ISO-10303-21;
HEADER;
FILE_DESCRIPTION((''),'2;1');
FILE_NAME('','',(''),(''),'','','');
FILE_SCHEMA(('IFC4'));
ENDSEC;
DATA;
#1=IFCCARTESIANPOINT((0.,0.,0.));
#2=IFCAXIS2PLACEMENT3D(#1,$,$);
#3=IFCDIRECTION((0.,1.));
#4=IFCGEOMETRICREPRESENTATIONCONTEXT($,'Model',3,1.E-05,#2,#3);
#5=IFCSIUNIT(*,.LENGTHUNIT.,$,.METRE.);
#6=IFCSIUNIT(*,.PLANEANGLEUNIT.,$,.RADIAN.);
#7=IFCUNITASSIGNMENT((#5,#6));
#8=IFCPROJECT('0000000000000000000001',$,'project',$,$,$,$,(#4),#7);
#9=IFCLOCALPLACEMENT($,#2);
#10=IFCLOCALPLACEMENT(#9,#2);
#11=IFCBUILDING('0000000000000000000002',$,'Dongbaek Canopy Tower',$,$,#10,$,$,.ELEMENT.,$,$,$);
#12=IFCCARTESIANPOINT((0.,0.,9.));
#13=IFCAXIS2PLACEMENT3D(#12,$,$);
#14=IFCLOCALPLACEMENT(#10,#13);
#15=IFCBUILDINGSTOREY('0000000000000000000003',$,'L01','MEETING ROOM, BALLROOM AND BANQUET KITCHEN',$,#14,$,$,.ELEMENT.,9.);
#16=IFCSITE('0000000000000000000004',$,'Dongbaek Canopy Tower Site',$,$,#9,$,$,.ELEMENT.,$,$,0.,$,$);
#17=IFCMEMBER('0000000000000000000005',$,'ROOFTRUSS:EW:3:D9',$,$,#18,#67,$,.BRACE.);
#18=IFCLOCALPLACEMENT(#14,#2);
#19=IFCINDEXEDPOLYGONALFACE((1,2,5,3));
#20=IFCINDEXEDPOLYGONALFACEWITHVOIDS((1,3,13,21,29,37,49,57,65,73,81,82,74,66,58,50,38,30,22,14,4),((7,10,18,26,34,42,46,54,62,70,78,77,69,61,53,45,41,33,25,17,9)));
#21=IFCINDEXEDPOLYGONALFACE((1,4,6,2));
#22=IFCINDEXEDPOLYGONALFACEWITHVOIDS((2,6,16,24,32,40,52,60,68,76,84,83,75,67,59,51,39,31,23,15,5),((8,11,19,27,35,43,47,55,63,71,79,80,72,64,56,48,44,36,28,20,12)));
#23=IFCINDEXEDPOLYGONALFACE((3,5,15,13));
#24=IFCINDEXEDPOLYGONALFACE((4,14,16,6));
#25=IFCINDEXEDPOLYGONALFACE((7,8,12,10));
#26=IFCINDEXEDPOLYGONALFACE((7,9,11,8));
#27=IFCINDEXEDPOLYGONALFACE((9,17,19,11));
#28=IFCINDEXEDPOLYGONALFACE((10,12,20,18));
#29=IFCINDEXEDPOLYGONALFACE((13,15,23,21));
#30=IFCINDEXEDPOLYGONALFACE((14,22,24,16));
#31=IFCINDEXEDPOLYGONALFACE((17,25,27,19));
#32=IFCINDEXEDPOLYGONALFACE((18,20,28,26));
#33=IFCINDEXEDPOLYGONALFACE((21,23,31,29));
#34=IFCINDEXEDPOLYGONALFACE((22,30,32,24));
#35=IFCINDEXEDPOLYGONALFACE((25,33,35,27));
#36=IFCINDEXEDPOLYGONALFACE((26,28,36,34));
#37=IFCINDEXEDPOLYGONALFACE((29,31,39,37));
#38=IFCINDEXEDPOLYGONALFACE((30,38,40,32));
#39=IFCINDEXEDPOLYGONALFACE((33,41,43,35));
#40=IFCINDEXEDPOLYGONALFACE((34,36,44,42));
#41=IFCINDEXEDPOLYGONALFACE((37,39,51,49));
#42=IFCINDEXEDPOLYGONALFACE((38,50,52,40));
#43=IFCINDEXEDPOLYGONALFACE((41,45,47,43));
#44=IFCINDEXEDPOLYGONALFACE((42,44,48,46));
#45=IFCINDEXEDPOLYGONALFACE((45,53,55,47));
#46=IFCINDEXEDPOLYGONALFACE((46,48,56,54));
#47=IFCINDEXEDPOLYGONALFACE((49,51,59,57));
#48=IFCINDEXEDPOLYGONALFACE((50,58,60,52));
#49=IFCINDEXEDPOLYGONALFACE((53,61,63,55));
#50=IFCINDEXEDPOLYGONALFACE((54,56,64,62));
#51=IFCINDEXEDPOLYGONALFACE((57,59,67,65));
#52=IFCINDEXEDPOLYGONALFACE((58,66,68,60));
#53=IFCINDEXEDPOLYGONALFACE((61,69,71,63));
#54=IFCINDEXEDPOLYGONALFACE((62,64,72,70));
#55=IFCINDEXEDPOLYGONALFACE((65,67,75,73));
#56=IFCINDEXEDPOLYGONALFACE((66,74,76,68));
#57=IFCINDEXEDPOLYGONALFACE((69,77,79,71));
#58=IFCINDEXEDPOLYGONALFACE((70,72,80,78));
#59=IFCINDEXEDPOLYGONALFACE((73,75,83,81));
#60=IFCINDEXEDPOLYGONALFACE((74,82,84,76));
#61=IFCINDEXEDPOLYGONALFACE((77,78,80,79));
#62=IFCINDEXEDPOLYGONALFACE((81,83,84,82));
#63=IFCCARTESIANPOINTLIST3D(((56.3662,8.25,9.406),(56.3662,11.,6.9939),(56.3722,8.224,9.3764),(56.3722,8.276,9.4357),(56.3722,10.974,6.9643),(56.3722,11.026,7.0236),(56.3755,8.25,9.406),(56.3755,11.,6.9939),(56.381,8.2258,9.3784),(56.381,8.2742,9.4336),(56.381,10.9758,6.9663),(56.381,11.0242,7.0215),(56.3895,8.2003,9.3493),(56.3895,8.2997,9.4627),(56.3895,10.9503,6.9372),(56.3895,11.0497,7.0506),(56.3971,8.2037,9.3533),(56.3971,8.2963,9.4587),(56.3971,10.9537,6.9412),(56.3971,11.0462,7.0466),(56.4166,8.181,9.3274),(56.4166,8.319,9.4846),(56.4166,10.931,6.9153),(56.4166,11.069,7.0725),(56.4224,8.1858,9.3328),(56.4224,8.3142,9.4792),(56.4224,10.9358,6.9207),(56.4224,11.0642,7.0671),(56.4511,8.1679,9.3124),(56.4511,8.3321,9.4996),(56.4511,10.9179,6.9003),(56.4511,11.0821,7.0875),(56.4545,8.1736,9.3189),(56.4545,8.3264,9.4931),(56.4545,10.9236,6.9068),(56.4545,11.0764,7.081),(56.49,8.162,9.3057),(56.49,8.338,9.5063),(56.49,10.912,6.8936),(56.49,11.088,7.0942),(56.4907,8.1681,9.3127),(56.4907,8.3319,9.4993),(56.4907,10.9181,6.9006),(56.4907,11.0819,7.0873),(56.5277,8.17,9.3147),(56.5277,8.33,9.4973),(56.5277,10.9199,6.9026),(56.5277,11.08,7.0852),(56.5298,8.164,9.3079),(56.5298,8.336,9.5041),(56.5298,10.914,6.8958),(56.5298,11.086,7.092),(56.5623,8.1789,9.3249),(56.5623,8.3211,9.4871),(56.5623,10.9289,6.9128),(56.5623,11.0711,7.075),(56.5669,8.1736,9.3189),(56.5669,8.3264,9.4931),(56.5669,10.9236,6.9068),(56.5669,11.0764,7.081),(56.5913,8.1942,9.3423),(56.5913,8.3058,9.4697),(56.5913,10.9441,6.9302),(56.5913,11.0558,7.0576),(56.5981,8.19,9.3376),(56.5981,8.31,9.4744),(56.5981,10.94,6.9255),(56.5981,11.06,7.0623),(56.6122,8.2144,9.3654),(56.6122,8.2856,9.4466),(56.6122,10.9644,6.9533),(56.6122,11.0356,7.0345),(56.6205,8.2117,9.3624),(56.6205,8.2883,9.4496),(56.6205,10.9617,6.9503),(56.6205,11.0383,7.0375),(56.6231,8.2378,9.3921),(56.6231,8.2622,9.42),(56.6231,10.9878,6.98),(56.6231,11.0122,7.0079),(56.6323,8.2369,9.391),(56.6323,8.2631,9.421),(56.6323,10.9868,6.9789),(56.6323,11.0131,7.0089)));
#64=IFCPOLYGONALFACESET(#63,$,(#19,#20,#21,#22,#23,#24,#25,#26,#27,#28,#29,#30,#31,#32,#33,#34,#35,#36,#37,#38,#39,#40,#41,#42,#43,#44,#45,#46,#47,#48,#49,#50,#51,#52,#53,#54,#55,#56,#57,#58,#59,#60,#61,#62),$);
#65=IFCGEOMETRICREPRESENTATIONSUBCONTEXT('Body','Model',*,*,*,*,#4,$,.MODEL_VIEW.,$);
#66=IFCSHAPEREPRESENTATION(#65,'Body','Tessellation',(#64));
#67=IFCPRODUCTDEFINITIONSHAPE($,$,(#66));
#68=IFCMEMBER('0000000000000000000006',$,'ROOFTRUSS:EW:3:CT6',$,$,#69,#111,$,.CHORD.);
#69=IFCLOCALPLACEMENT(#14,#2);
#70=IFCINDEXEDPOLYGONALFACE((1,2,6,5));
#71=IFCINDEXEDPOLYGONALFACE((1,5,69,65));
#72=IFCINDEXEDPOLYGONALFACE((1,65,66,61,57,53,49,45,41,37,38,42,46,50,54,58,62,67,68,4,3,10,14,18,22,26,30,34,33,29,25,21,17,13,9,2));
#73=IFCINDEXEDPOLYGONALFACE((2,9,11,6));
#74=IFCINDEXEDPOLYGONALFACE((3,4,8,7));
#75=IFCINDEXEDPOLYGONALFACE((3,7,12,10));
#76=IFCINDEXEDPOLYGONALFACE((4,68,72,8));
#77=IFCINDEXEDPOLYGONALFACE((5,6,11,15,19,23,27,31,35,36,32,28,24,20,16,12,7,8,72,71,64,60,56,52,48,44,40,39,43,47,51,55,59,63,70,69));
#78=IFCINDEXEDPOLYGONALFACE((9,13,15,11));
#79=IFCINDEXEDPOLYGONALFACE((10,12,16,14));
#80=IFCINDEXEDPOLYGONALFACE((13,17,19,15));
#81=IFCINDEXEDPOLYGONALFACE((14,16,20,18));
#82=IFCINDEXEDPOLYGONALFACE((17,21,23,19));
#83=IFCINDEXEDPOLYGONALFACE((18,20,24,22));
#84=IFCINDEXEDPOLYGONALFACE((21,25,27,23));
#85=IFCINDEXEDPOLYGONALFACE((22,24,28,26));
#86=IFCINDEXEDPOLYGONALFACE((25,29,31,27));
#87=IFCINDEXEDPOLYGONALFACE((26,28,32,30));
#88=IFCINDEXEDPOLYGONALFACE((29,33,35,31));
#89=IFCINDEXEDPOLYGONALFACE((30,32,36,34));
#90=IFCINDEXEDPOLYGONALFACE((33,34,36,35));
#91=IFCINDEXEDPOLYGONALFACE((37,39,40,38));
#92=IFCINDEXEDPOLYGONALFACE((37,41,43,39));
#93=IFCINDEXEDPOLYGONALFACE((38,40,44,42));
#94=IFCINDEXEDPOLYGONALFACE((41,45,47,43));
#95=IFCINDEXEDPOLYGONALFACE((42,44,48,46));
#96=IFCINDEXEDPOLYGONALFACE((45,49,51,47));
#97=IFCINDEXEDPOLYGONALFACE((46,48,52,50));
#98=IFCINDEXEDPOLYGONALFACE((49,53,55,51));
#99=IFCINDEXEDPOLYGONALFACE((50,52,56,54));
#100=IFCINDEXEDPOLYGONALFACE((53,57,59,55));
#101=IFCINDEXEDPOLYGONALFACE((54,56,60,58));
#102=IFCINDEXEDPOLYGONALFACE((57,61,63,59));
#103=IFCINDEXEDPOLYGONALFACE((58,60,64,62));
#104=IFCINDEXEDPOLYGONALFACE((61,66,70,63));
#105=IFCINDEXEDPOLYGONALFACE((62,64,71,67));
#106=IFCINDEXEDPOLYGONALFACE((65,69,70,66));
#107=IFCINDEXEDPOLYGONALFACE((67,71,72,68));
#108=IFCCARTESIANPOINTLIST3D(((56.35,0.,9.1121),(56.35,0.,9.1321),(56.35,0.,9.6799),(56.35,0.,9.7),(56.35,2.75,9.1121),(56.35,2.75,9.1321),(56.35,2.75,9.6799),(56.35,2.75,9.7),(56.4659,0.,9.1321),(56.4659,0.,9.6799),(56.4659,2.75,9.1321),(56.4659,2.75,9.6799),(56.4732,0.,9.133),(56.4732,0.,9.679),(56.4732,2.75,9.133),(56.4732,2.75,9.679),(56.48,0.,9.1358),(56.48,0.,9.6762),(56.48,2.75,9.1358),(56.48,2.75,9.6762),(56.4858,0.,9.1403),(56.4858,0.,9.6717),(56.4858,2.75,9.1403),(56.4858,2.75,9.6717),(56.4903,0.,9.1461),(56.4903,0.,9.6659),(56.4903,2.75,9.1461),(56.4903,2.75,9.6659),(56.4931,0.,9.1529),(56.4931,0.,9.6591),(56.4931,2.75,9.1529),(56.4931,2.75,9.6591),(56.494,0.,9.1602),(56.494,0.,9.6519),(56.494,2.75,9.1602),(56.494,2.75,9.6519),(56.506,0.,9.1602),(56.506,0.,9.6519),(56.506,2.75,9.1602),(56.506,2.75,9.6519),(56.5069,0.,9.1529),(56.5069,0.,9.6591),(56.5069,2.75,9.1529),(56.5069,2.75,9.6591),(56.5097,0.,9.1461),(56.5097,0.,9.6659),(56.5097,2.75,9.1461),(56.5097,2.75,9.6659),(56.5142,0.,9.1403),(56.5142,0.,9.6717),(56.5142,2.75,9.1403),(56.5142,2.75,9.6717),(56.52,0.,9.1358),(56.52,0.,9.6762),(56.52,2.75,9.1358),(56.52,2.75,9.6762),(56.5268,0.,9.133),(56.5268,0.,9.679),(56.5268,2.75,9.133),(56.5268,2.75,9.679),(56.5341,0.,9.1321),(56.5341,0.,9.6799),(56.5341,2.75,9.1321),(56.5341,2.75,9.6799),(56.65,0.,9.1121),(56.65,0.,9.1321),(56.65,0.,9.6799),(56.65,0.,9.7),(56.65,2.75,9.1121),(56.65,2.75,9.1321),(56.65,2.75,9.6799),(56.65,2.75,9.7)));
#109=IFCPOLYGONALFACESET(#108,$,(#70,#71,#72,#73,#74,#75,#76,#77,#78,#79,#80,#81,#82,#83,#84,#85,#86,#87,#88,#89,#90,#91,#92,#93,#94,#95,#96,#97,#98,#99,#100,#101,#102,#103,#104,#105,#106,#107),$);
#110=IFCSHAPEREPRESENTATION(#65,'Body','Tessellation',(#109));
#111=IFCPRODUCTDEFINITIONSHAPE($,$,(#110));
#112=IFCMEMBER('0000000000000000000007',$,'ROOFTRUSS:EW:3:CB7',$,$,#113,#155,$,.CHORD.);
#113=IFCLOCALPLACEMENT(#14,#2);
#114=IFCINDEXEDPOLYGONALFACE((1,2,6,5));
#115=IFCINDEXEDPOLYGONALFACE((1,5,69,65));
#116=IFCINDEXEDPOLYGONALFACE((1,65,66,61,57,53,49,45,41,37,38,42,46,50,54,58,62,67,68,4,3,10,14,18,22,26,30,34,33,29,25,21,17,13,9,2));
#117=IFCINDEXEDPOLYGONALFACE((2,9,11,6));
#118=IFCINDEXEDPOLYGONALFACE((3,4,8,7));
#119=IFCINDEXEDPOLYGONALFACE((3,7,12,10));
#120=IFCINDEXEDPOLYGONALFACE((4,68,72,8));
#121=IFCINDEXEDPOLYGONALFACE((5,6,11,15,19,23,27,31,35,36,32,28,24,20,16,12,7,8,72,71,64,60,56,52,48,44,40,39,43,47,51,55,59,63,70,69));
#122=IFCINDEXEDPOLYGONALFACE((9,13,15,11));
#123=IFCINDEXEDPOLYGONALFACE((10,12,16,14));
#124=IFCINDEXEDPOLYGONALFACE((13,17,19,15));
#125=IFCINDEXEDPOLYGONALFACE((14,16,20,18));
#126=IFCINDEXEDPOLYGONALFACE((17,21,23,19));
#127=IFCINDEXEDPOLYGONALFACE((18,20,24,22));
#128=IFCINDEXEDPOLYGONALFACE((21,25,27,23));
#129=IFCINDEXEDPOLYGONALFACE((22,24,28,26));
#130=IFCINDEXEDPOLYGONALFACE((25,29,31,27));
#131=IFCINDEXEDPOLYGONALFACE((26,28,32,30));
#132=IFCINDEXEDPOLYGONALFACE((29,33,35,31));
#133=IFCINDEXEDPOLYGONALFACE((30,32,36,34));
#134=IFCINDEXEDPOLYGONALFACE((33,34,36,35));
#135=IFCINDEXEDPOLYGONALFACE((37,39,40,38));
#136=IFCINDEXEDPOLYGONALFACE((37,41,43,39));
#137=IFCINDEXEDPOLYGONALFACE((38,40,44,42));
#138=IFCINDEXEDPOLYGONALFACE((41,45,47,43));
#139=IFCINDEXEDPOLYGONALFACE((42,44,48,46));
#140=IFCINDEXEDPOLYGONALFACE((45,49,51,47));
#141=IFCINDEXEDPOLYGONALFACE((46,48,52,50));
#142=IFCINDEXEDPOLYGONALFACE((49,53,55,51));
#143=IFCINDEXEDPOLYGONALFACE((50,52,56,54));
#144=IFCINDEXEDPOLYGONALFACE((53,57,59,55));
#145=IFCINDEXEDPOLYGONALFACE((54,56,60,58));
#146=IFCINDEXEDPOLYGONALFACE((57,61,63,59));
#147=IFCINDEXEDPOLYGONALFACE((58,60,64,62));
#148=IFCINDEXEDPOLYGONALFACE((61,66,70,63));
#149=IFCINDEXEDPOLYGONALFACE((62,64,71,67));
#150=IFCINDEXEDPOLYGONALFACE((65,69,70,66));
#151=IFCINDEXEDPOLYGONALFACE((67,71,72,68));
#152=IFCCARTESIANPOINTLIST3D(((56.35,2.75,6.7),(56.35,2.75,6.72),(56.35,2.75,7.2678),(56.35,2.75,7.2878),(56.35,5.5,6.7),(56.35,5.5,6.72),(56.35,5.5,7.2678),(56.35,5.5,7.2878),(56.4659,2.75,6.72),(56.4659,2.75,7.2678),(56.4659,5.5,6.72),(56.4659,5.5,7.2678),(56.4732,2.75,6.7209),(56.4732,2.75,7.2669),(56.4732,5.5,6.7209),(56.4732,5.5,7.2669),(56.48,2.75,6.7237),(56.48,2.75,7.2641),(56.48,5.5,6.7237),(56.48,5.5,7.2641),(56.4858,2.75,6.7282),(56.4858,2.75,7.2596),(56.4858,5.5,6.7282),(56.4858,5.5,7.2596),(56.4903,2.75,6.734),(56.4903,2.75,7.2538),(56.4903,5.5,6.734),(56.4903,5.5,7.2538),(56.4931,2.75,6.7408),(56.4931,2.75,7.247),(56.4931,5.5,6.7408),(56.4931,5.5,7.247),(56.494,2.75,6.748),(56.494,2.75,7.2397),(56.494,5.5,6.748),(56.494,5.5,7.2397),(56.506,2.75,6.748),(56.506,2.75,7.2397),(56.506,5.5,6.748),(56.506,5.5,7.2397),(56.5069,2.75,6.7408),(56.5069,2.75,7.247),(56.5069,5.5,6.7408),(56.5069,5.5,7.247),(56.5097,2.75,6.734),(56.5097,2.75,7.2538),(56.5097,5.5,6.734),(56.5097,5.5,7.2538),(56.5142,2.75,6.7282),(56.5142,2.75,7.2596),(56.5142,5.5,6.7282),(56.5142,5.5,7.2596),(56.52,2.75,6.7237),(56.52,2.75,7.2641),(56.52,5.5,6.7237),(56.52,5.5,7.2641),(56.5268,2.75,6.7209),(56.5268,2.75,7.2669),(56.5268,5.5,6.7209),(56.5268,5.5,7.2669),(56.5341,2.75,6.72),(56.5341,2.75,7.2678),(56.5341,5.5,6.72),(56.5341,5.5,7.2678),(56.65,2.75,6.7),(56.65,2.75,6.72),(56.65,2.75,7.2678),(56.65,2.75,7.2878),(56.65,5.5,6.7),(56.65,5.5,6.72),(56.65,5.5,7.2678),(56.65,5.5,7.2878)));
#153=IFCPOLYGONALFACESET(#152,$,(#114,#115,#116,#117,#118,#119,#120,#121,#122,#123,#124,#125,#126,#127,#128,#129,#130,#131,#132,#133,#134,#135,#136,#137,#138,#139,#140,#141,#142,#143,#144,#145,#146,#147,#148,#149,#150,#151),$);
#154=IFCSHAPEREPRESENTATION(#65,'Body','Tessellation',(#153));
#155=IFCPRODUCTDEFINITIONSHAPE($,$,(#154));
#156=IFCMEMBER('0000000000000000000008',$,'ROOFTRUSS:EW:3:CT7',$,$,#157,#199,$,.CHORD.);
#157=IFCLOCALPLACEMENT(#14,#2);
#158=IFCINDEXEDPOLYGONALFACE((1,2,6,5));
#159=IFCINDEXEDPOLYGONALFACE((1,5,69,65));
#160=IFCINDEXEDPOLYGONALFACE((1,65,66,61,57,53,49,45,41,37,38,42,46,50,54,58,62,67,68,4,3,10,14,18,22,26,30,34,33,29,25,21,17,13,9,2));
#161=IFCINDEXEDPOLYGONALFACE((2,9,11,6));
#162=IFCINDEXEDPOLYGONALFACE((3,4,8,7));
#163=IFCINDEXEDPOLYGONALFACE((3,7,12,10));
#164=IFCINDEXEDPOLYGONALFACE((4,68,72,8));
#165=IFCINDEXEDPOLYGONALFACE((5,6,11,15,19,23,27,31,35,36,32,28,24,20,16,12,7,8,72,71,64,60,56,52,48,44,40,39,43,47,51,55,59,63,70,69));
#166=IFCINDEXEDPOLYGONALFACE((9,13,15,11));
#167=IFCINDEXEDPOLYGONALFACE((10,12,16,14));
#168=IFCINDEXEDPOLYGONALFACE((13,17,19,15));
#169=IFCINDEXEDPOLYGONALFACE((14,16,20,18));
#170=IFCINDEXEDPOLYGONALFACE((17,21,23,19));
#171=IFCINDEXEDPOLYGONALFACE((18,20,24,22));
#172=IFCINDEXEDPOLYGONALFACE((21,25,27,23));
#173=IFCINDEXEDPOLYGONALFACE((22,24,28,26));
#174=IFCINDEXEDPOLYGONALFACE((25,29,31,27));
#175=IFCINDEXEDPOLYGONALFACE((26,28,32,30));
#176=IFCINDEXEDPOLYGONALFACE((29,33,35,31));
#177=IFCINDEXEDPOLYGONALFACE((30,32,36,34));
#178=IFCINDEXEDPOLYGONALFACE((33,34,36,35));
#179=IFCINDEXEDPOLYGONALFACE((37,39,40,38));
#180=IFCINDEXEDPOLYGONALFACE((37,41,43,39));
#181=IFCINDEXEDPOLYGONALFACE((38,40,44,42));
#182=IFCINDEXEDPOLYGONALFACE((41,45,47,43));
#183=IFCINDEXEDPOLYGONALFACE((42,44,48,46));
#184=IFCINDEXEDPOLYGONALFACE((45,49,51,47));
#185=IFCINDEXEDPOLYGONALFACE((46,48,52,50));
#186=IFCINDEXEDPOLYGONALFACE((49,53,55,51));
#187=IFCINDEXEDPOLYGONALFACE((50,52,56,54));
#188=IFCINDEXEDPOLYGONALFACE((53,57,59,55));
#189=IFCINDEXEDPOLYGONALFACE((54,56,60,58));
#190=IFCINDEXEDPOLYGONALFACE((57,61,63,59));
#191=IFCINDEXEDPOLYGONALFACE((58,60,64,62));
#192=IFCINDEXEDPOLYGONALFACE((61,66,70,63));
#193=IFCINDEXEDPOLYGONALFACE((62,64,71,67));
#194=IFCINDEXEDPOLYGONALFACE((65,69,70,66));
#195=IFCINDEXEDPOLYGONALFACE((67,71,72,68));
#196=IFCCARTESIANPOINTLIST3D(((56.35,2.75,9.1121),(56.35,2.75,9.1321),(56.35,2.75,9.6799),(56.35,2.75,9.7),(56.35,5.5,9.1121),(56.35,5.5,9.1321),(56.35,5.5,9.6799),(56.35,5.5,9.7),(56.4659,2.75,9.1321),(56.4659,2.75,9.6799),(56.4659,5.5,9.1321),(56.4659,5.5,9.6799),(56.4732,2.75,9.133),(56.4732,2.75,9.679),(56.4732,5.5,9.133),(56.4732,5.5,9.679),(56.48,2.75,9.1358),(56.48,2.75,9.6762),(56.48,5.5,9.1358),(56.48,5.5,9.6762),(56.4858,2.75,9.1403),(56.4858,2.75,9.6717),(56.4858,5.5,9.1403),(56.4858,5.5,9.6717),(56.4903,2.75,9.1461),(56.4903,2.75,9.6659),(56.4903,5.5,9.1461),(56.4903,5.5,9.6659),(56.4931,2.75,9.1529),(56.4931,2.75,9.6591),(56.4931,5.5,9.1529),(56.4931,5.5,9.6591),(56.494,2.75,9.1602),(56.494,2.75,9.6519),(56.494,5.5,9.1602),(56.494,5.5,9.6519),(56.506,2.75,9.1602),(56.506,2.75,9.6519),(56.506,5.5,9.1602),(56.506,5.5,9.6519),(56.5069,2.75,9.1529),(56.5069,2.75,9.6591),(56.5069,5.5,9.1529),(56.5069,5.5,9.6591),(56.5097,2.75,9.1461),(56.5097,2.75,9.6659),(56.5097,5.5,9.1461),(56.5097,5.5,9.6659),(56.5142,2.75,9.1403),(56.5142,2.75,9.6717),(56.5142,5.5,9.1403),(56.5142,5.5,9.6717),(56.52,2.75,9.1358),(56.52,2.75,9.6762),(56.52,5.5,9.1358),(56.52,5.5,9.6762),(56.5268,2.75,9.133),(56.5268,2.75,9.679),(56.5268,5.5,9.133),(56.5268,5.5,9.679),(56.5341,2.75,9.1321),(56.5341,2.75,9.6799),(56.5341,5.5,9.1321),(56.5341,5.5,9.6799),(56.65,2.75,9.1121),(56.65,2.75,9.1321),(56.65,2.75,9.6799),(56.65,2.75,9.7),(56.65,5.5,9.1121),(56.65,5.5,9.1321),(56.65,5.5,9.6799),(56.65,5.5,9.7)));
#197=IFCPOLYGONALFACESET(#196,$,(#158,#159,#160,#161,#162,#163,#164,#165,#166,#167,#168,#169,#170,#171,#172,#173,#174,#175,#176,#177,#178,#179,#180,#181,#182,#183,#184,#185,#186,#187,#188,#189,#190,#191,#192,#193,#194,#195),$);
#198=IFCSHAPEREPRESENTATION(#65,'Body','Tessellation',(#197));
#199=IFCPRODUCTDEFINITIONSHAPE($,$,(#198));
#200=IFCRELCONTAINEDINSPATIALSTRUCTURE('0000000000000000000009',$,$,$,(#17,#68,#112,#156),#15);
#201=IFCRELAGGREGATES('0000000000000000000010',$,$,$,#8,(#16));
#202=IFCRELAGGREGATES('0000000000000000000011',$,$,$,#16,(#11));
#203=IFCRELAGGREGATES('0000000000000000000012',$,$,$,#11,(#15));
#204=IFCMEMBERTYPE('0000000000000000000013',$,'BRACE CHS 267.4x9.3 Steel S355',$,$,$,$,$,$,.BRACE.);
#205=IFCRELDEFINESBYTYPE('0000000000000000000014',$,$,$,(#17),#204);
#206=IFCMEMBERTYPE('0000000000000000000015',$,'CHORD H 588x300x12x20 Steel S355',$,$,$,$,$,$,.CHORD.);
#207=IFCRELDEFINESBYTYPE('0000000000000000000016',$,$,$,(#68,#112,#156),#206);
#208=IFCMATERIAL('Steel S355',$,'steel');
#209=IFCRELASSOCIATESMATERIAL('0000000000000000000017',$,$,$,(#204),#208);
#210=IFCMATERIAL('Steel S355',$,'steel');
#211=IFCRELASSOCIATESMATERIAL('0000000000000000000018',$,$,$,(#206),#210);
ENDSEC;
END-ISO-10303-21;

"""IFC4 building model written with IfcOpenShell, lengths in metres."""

from ifc_helpers import new_model, si_unit, direction, frame, origin, origin_2d, place, context, subcontext, project, spatial, hollow_circle, i_section, extrude, material, material_profile, profile_set, type_object, element, save


model = new_model("IFC4")

# Units and contexts
model_context = context("Model", 3, precision=1e-05, world=origin(), true_north=direction((0.0, 1.0)))
body_context = subcontext(model_context, "Body", "Model", "MODEL_VIEW")
ifc_project = project(units=[si_unit("LENGTHUNIT", "METRE"), si_unit("PLANEANGLEUNIT", "RADIAN")], contexts=[model_context])

# Site, building, storey
site_placement = place(None, origin())
site = spatial("IfcSite", under=ifc_project, at=site_placement, Name="Dongbaek Canopy Tower Site", CompositionType="ELEMENT", RefElevation=0.0)
building_placement = place(site_placement, origin())
building = spatial("IfcBuilding", under=site, at=building_placement, Name="Dongbaek Canopy Tower", CompositionType="ELEMENT")
storey_placement = place(building_placement, frame((0.0, 0.0, 9.0)))
storey = spatial("IfcBuildingStorey", under=building, at=storey_placement, Name="L01", Description="MEETING ROOM, BALLROOM AND BANQUET KITCHEN", CompositionType="ELEMENT", Elevation=9.0)

# Members
ifc_material_1 = material(Name="Steel S355", Category="steel")
ifc_material_profile_1 = material_profile(ifc_material_1, hollow_circle(Radius=0.1338, WallThickness=0.0093, at=origin_2d()), Name="BRACE CHS 267.4x9.3 Steel S355")
ifc_profile_set_1 = profile_set([ifc_material_profile_1], Name="Steel S355")
member_type_1 = type_object("IfcMemberType", Name="BRACE CHS 267.4x9.3 Steel S355", PredefinedType="BRACE", material=ifc_profile_set_1)
for number, where, z_axis, x_axis, name in (
    (1, (56.5, 8.25, 9.406), (0.0, 0.751782, -0.659411), (-1.0, 0.0, 0.0), "ROOFTRUSS:EW:3:D9"),
):
    element("IfcMember", number, at=place(storey_placement, frame(where, z_axis=z_axis, x_axis=x_axis)), inside=storey, type_object=member_type_1, Name=name, PredefinedType="BRACE", context=body_context, shape_type="SweptSolid", body=[
        extrude(hollow_circle(Radius=0.1338, WallThickness=0.0093, at=origin_2d()), origin(), (0.0, 0.0, 1.0), 3.658),
    ])
ifc_material_2 = material(Name="Steel S355", Category="steel")
ifc_material_profile_2 = material_profile(ifc_material_2, i_section(OverallWidth=0.3, OverallDepth=0.5879, WebThickness=0.012, FlangeThickness=0.02, FilletRadius=0.0281, at=origin_2d()), Name="CHORD H 588x300x12x20 Steel S355")
ifc_profile_set_2 = profile_set([ifc_material_profile_2], Name="Steel S355")
member_type_2 = type_object("IfcMemberType", Name="CHORD H 588x300x12x20 Steel S355", PredefinedType="CHORD", material=ifc_profile_set_2)
for number, where, z_axis, x_axis, name in (
    (2, (56.5, 0.0, 9.406), (0.0, 1.0, 0.0), (-1.0, 0.0, 0.0), "ROOFTRUSS:EW:3:CT6"),
    (3, (56.5, 2.75, 6.9939), (0.0, 1.0, 0.0), (-1.0, 0.0, 0.0), "ROOFTRUSS:EW:3:CB7"),
    (4, (56.5, 2.75, 9.406), (0.0, 1.0, 0.0), (-1.0, 0.0, 0.0), "ROOFTRUSS:EW:3:CT7"),
):
    element("IfcMember", number, at=place(storey_placement, frame(where, z_axis=z_axis, x_axis=x_axis)), inside=storey, type_object=member_type_2, Name=name, PredefinedType="CHORD", context=body_context, shape_type="SweptSolid", body=[
        extrude(i_section(OverallWidth=0.3, OverallDepth=0.5879, WebThickness=0.012, FlangeThickness=0.02, FilletRadius=0.0281, at=origin_2d()), origin(), (0.0, 0.0, 1.0), 2.75),
    ])

save(model, "model.ifc")
